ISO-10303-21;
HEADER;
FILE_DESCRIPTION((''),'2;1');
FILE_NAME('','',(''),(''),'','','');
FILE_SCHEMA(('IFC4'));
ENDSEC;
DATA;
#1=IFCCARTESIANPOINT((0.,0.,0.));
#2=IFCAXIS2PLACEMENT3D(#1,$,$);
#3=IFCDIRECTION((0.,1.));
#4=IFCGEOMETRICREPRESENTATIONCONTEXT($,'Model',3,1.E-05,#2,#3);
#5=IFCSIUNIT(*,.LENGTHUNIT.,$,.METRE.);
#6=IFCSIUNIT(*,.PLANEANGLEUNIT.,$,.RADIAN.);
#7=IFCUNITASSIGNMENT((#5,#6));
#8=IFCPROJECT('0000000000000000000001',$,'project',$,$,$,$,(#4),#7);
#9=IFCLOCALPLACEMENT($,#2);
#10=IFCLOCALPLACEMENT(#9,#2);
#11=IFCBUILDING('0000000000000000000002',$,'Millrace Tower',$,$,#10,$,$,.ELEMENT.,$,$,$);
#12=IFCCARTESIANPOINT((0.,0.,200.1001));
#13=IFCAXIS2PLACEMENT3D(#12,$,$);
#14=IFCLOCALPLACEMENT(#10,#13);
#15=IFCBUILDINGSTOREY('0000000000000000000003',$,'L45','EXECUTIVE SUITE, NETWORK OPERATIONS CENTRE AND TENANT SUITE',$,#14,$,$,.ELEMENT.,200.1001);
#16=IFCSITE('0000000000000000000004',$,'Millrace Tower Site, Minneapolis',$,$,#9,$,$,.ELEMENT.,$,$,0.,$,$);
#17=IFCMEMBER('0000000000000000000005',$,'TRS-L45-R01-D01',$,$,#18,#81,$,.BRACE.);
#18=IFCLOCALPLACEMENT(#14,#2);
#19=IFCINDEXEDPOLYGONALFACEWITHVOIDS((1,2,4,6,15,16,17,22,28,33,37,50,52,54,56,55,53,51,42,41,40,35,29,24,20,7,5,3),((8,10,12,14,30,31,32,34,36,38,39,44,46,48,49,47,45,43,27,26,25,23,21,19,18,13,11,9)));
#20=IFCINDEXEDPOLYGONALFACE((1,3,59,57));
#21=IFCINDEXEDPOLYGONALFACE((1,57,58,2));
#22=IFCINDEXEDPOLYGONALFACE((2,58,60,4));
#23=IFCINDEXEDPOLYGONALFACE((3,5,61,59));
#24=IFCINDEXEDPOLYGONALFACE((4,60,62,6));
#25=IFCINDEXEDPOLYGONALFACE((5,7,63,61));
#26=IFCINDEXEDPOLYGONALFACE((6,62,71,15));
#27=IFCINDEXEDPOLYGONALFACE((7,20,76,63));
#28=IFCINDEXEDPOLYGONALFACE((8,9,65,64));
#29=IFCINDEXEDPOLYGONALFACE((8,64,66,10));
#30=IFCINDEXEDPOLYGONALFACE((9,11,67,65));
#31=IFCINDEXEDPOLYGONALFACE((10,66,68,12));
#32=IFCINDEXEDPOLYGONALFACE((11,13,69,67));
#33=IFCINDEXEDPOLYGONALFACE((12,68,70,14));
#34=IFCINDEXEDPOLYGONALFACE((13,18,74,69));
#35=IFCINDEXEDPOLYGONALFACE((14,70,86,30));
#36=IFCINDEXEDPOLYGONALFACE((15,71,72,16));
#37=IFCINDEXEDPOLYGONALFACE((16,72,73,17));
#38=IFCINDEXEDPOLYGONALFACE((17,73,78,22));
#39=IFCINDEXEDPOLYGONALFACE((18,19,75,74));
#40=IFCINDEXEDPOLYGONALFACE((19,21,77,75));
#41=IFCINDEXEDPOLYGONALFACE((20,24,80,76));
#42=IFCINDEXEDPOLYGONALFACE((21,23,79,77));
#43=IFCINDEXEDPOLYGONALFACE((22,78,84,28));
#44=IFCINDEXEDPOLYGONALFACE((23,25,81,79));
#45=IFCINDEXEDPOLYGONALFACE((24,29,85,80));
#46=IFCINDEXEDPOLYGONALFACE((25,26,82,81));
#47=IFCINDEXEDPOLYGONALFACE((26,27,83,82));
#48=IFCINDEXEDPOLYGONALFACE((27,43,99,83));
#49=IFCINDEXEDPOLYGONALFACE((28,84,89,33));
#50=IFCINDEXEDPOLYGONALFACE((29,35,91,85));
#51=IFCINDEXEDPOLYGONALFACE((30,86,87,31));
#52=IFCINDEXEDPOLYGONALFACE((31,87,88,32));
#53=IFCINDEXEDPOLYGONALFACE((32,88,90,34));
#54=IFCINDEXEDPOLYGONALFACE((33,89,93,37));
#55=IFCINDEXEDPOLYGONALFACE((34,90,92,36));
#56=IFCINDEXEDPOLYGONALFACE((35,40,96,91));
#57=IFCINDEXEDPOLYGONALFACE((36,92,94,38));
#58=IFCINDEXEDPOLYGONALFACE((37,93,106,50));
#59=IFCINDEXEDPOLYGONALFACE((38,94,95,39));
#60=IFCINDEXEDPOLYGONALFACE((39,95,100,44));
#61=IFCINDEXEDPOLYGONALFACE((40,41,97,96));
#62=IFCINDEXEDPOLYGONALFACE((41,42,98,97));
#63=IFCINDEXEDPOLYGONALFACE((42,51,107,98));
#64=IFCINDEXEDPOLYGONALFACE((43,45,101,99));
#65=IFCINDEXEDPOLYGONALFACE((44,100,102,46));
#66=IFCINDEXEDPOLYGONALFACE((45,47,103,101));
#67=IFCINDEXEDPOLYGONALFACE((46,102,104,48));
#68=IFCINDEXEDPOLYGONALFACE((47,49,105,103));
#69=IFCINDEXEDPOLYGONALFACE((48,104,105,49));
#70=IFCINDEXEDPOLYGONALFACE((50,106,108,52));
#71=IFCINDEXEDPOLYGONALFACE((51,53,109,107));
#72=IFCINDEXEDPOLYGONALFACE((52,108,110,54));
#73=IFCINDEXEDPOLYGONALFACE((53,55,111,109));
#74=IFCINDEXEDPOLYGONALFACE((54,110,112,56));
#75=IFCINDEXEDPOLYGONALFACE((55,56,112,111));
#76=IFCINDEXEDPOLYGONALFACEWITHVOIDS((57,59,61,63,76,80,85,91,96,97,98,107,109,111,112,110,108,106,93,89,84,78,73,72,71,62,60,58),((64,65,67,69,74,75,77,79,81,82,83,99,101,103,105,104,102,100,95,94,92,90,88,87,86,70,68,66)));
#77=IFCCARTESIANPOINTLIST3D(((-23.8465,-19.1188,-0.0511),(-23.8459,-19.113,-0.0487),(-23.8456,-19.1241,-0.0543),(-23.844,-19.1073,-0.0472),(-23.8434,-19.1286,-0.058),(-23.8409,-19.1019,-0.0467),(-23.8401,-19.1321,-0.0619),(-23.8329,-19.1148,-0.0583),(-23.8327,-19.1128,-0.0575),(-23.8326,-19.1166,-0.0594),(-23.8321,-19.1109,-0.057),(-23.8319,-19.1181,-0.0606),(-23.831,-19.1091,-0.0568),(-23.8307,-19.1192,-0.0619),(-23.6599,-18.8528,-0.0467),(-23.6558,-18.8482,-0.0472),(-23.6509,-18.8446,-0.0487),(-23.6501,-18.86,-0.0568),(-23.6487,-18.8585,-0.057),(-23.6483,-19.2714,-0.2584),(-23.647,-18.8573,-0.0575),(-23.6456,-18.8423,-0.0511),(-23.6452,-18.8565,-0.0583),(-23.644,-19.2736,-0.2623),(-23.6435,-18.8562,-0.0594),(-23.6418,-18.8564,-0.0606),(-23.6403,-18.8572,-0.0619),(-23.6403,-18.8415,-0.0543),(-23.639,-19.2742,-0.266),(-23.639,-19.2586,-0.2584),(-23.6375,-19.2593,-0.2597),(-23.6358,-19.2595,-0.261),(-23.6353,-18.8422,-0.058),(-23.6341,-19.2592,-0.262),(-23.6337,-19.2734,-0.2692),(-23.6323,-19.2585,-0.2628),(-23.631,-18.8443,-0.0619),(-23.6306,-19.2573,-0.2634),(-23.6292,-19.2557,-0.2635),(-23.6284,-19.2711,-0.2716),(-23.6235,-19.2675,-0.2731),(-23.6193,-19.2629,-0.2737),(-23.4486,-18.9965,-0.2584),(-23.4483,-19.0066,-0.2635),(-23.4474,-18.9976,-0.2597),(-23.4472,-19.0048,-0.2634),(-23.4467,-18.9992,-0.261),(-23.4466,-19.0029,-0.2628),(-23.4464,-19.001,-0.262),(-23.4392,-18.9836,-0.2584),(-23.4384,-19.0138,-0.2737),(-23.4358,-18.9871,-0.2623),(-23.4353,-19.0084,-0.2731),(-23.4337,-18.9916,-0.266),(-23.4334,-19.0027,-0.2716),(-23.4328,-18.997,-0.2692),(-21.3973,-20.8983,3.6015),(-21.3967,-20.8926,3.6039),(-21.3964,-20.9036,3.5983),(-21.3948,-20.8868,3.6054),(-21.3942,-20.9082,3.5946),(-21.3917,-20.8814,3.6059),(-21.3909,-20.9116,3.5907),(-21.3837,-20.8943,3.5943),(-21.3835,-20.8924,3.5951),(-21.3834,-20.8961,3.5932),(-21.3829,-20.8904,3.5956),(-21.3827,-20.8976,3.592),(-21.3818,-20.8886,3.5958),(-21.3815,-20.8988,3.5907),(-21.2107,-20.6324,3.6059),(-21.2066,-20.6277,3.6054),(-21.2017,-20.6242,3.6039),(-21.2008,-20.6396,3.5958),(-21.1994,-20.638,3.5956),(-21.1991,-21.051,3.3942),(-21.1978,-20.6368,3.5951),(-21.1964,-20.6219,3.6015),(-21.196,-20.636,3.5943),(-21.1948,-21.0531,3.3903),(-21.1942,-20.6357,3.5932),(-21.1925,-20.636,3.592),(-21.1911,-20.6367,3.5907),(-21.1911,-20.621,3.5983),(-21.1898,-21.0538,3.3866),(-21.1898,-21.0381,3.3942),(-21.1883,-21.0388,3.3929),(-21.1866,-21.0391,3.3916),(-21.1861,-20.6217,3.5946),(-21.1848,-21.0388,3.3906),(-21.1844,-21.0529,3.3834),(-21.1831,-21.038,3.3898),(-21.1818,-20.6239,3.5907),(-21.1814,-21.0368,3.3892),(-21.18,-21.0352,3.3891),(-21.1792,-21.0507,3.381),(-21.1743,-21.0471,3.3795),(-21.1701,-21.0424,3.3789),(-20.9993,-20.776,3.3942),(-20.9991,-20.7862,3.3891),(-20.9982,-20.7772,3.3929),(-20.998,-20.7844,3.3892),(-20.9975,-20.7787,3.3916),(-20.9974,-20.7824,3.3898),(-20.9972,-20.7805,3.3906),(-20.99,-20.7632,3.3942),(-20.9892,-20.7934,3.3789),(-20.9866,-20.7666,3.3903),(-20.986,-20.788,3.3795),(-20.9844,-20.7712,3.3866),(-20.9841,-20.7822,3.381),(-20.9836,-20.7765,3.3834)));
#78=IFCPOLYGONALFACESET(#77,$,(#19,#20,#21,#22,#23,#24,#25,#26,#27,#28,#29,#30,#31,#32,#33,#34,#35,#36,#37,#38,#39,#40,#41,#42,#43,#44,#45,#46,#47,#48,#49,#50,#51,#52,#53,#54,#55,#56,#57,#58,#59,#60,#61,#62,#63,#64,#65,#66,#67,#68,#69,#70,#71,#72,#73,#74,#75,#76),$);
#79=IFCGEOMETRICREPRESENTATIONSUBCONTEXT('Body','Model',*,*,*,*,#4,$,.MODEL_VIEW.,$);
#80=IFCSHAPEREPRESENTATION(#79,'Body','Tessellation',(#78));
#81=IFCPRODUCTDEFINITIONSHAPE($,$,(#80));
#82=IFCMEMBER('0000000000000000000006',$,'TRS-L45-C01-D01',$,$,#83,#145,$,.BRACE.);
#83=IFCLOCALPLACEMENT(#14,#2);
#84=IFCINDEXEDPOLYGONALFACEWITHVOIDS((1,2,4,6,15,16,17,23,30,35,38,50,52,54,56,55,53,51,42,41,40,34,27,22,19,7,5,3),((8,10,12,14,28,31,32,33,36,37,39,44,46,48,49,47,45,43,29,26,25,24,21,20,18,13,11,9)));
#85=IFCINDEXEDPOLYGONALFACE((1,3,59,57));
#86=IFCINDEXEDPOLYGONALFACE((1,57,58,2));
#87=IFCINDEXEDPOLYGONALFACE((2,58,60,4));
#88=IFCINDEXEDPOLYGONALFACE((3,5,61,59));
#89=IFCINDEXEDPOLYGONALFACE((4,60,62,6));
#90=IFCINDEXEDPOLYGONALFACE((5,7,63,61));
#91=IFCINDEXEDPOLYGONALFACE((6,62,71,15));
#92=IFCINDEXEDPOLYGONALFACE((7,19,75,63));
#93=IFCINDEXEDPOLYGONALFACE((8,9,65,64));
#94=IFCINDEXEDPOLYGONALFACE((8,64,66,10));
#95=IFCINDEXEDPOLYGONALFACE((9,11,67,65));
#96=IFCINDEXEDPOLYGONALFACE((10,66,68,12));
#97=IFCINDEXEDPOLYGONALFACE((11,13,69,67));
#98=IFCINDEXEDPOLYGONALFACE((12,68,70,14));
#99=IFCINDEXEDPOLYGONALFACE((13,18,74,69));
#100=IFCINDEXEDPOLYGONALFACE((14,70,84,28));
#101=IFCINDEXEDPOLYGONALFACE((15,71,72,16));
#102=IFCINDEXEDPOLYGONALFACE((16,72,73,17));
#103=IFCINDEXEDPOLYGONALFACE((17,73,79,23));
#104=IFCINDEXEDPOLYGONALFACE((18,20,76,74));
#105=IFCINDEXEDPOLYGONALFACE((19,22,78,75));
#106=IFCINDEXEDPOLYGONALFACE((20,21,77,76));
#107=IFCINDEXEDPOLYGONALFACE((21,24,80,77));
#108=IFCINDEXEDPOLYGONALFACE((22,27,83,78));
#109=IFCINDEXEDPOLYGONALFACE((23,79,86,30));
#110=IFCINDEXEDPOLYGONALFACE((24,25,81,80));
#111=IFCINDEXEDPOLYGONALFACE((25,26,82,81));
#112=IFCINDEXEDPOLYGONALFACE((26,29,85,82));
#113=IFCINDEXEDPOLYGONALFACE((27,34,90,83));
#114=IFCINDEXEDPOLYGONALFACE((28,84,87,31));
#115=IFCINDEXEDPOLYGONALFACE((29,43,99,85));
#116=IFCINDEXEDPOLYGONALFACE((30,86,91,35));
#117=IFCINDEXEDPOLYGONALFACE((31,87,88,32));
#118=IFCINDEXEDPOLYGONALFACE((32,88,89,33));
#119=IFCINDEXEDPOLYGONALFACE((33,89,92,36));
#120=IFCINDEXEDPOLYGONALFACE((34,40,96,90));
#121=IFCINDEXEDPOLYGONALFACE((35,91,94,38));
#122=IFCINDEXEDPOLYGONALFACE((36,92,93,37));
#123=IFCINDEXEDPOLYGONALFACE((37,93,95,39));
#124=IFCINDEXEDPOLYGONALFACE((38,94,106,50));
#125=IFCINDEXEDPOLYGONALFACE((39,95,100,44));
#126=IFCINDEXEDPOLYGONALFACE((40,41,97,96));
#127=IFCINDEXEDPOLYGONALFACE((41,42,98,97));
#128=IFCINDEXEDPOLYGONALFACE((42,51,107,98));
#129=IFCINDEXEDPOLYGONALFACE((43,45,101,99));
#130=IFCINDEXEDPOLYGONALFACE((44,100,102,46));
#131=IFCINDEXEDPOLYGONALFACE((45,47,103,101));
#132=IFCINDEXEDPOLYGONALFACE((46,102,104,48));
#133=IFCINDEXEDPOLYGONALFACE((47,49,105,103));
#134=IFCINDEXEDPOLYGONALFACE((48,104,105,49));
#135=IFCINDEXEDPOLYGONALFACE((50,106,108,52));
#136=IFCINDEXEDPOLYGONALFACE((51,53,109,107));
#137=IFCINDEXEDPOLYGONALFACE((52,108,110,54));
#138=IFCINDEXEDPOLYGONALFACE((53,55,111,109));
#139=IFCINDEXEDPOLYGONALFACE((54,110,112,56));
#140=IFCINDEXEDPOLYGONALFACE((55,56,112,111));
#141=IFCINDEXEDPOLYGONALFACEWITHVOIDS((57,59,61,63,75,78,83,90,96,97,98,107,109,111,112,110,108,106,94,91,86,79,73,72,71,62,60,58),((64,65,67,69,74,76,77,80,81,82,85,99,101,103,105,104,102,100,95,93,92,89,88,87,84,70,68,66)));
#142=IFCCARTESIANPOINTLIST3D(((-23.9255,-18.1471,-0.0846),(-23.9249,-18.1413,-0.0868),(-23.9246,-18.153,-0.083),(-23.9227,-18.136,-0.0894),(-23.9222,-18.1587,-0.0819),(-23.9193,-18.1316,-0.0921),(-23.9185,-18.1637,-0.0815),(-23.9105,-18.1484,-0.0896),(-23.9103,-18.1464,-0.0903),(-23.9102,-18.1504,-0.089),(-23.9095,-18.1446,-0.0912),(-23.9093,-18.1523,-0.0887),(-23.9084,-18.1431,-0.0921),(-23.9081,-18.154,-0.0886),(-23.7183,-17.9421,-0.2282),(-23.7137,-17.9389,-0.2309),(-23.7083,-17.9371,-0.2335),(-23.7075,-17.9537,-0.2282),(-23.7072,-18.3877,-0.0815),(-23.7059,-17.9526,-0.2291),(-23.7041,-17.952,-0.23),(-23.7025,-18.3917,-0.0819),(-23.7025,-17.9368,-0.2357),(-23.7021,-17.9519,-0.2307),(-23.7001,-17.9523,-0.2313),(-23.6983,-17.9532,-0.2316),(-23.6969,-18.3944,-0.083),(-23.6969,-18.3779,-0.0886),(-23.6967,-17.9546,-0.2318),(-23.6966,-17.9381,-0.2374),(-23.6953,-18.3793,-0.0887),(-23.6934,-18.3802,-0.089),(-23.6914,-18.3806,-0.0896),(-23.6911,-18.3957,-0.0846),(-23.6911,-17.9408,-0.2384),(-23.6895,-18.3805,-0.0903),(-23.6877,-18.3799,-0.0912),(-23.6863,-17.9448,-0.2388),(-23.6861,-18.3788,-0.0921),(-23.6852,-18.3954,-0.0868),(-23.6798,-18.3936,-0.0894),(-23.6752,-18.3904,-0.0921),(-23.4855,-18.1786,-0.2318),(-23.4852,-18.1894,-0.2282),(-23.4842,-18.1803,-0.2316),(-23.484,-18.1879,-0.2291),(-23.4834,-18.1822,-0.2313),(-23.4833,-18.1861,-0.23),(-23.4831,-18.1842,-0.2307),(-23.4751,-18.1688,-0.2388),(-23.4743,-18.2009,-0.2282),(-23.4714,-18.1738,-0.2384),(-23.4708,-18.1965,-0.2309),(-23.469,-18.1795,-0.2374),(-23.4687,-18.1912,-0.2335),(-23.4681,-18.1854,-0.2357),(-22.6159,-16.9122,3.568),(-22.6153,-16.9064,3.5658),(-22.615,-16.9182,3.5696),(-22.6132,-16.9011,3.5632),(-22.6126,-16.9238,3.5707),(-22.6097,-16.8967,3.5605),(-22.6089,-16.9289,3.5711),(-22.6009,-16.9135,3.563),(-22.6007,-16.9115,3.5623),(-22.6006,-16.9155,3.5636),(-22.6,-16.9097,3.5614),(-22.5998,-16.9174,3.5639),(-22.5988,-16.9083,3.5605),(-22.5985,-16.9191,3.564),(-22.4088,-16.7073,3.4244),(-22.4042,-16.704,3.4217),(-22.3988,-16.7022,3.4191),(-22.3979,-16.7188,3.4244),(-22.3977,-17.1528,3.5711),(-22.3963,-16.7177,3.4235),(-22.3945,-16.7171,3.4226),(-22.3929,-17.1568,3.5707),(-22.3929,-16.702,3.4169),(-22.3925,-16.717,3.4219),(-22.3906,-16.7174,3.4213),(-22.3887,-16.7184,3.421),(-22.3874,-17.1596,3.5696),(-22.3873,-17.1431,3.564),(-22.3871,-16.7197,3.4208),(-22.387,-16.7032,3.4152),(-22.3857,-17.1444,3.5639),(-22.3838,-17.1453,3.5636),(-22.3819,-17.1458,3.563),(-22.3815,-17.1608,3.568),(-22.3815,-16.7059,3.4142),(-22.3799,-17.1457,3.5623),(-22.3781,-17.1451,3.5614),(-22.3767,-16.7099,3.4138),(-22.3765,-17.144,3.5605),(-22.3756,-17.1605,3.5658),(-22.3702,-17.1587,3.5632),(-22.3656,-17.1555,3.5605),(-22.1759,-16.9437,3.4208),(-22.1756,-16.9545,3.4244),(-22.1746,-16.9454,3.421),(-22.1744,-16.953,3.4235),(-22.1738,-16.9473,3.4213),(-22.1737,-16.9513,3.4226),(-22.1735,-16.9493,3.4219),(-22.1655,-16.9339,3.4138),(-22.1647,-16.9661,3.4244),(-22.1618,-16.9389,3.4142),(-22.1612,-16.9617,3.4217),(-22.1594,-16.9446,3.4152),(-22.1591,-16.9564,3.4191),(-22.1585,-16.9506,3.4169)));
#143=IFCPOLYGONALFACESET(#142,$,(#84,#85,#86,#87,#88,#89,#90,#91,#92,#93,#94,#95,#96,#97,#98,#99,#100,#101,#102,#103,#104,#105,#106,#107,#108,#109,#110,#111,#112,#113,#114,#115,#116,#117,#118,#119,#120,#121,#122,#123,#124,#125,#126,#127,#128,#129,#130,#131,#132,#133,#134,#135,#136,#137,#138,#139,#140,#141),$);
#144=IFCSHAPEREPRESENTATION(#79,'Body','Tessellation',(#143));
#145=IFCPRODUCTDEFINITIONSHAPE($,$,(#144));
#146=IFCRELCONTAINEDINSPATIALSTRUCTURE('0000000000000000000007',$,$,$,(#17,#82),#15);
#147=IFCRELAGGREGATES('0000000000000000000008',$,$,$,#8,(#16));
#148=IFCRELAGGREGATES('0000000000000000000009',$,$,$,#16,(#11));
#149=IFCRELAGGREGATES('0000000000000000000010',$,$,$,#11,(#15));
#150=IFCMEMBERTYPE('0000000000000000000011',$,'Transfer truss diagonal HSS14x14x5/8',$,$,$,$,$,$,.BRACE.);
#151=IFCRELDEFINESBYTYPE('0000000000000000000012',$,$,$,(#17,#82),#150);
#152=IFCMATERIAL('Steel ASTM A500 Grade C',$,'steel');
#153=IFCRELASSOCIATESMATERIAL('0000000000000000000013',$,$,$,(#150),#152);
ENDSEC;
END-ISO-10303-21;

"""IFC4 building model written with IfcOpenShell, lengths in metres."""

from ifc_helpers import new_model, si_unit, direction, frame, origin, origin_2d, place, context, subcontext, project, spatial, hollow_rectangle, extrude, material, material_profile, profile_set, type_object, element, save


model = new_model("IFC4")

# Units and contexts
model_context = context("Model", 3, precision=1e-05, world=origin(), true_north=direction((0.0, 1.0)))
body_context = subcontext(model_context, "Body", "Model", "MODEL_VIEW")
ifc_project = project(units=[si_unit("LENGTHUNIT", "METRE"), si_unit("PLANEANGLEUNIT", "RADIAN")], contexts=[model_context])

# Site, building, storey
site_placement = place(None, origin())
site = spatial("IfcSite", under=ifc_project, at=site_placement, Name="Millrace Tower Site, Minneapolis", CompositionType="ELEMENT", RefElevation=0.0)
building_placement = place(site_placement, origin())
building = spatial("IfcBuilding", under=site, at=building_placement, Name="Millrace Tower", CompositionType="ELEMENT")
storey_placement = place(building_placement, frame((0.0, 0.0, 200.1001)))
storey = spatial("IfcBuildingStorey", under=building, at=storey_placement, Name="L45", Description="EXECUTIVE SUITE, NETWORK OPERATIONS CENTRE AND TENANT SUITE", CompositionType="ELEMENT", Elevation=200.1001)

# Members
ifc_material_1 = material(Name="Steel ASTM A500 Grade C", Category="steel")
ifc_material_profile_1 = material_profile(ifc_material_1, hollow_rectangle(XDim=0.3557, YDim=0.3557, WallThickness=0.0159, InnerFilletRadius=0.0081, OuterFilletRadius=0.0239, at=origin_2d()))
ifc_profile_set_1 = profile_set([ifc_material_profile_1], Name="Steel ASTM A500 Grade C")
member_type_1 = type_object("IfcMemberType", Name="Transfer truss diagonal HSS14x14x5/8", PredefinedType="BRACE", material=ifc_profile_set_1)
member_1_placement = place(storey_placement, frame((-23.6396, -19.0579, -0.1602), z_axis=(0.516262, -0.375103, 0.769916), x_axis=(0.587802, 0.809005, 0.0)))
element("IfcMember", 1, at=member_1_placement, inside=storey, type_object=member_type_1, Name="TRS-L45-R01-D01", PredefinedType="BRACE", context=body_context, shape_type="SweptSolid", body=[
    extrude(hollow_rectangle(XDim=0.3557, YDim=0.3557, WallThickness=0.0159, InnerFilletRadius=0.0081, OuterFilletRadius=0.0239, at=origin_2d()), origin(), (0.0, 0.0, 1.0), 4.7441),
])
member_2_placement = place(storey_placement, frame((-23.6968, -18.1663, -0.1602), z_axis=(0.321603, 0.303256, 0.896999), x_axis=(-0.68605, 0.727555, 0.0)))
element("IfcMember", 2, at=member_2_placement, inside=storey, type_object=member_type_1, Name="TRS-L45-C01-D01", PredefinedType="BRACE", context=body_context, shape_type="SweptSolid", body=[
    extrude(hollow_rectangle(XDim=0.3557, YDim=0.3557, WallThickness=0.0159, InnerFilletRadius=0.0081, OuterFilletRadius=0.0239, at=origin_2d()), origin(), (0.0, 0.0, 1.0), 4.072),
])

save(model, "model.ifc")
